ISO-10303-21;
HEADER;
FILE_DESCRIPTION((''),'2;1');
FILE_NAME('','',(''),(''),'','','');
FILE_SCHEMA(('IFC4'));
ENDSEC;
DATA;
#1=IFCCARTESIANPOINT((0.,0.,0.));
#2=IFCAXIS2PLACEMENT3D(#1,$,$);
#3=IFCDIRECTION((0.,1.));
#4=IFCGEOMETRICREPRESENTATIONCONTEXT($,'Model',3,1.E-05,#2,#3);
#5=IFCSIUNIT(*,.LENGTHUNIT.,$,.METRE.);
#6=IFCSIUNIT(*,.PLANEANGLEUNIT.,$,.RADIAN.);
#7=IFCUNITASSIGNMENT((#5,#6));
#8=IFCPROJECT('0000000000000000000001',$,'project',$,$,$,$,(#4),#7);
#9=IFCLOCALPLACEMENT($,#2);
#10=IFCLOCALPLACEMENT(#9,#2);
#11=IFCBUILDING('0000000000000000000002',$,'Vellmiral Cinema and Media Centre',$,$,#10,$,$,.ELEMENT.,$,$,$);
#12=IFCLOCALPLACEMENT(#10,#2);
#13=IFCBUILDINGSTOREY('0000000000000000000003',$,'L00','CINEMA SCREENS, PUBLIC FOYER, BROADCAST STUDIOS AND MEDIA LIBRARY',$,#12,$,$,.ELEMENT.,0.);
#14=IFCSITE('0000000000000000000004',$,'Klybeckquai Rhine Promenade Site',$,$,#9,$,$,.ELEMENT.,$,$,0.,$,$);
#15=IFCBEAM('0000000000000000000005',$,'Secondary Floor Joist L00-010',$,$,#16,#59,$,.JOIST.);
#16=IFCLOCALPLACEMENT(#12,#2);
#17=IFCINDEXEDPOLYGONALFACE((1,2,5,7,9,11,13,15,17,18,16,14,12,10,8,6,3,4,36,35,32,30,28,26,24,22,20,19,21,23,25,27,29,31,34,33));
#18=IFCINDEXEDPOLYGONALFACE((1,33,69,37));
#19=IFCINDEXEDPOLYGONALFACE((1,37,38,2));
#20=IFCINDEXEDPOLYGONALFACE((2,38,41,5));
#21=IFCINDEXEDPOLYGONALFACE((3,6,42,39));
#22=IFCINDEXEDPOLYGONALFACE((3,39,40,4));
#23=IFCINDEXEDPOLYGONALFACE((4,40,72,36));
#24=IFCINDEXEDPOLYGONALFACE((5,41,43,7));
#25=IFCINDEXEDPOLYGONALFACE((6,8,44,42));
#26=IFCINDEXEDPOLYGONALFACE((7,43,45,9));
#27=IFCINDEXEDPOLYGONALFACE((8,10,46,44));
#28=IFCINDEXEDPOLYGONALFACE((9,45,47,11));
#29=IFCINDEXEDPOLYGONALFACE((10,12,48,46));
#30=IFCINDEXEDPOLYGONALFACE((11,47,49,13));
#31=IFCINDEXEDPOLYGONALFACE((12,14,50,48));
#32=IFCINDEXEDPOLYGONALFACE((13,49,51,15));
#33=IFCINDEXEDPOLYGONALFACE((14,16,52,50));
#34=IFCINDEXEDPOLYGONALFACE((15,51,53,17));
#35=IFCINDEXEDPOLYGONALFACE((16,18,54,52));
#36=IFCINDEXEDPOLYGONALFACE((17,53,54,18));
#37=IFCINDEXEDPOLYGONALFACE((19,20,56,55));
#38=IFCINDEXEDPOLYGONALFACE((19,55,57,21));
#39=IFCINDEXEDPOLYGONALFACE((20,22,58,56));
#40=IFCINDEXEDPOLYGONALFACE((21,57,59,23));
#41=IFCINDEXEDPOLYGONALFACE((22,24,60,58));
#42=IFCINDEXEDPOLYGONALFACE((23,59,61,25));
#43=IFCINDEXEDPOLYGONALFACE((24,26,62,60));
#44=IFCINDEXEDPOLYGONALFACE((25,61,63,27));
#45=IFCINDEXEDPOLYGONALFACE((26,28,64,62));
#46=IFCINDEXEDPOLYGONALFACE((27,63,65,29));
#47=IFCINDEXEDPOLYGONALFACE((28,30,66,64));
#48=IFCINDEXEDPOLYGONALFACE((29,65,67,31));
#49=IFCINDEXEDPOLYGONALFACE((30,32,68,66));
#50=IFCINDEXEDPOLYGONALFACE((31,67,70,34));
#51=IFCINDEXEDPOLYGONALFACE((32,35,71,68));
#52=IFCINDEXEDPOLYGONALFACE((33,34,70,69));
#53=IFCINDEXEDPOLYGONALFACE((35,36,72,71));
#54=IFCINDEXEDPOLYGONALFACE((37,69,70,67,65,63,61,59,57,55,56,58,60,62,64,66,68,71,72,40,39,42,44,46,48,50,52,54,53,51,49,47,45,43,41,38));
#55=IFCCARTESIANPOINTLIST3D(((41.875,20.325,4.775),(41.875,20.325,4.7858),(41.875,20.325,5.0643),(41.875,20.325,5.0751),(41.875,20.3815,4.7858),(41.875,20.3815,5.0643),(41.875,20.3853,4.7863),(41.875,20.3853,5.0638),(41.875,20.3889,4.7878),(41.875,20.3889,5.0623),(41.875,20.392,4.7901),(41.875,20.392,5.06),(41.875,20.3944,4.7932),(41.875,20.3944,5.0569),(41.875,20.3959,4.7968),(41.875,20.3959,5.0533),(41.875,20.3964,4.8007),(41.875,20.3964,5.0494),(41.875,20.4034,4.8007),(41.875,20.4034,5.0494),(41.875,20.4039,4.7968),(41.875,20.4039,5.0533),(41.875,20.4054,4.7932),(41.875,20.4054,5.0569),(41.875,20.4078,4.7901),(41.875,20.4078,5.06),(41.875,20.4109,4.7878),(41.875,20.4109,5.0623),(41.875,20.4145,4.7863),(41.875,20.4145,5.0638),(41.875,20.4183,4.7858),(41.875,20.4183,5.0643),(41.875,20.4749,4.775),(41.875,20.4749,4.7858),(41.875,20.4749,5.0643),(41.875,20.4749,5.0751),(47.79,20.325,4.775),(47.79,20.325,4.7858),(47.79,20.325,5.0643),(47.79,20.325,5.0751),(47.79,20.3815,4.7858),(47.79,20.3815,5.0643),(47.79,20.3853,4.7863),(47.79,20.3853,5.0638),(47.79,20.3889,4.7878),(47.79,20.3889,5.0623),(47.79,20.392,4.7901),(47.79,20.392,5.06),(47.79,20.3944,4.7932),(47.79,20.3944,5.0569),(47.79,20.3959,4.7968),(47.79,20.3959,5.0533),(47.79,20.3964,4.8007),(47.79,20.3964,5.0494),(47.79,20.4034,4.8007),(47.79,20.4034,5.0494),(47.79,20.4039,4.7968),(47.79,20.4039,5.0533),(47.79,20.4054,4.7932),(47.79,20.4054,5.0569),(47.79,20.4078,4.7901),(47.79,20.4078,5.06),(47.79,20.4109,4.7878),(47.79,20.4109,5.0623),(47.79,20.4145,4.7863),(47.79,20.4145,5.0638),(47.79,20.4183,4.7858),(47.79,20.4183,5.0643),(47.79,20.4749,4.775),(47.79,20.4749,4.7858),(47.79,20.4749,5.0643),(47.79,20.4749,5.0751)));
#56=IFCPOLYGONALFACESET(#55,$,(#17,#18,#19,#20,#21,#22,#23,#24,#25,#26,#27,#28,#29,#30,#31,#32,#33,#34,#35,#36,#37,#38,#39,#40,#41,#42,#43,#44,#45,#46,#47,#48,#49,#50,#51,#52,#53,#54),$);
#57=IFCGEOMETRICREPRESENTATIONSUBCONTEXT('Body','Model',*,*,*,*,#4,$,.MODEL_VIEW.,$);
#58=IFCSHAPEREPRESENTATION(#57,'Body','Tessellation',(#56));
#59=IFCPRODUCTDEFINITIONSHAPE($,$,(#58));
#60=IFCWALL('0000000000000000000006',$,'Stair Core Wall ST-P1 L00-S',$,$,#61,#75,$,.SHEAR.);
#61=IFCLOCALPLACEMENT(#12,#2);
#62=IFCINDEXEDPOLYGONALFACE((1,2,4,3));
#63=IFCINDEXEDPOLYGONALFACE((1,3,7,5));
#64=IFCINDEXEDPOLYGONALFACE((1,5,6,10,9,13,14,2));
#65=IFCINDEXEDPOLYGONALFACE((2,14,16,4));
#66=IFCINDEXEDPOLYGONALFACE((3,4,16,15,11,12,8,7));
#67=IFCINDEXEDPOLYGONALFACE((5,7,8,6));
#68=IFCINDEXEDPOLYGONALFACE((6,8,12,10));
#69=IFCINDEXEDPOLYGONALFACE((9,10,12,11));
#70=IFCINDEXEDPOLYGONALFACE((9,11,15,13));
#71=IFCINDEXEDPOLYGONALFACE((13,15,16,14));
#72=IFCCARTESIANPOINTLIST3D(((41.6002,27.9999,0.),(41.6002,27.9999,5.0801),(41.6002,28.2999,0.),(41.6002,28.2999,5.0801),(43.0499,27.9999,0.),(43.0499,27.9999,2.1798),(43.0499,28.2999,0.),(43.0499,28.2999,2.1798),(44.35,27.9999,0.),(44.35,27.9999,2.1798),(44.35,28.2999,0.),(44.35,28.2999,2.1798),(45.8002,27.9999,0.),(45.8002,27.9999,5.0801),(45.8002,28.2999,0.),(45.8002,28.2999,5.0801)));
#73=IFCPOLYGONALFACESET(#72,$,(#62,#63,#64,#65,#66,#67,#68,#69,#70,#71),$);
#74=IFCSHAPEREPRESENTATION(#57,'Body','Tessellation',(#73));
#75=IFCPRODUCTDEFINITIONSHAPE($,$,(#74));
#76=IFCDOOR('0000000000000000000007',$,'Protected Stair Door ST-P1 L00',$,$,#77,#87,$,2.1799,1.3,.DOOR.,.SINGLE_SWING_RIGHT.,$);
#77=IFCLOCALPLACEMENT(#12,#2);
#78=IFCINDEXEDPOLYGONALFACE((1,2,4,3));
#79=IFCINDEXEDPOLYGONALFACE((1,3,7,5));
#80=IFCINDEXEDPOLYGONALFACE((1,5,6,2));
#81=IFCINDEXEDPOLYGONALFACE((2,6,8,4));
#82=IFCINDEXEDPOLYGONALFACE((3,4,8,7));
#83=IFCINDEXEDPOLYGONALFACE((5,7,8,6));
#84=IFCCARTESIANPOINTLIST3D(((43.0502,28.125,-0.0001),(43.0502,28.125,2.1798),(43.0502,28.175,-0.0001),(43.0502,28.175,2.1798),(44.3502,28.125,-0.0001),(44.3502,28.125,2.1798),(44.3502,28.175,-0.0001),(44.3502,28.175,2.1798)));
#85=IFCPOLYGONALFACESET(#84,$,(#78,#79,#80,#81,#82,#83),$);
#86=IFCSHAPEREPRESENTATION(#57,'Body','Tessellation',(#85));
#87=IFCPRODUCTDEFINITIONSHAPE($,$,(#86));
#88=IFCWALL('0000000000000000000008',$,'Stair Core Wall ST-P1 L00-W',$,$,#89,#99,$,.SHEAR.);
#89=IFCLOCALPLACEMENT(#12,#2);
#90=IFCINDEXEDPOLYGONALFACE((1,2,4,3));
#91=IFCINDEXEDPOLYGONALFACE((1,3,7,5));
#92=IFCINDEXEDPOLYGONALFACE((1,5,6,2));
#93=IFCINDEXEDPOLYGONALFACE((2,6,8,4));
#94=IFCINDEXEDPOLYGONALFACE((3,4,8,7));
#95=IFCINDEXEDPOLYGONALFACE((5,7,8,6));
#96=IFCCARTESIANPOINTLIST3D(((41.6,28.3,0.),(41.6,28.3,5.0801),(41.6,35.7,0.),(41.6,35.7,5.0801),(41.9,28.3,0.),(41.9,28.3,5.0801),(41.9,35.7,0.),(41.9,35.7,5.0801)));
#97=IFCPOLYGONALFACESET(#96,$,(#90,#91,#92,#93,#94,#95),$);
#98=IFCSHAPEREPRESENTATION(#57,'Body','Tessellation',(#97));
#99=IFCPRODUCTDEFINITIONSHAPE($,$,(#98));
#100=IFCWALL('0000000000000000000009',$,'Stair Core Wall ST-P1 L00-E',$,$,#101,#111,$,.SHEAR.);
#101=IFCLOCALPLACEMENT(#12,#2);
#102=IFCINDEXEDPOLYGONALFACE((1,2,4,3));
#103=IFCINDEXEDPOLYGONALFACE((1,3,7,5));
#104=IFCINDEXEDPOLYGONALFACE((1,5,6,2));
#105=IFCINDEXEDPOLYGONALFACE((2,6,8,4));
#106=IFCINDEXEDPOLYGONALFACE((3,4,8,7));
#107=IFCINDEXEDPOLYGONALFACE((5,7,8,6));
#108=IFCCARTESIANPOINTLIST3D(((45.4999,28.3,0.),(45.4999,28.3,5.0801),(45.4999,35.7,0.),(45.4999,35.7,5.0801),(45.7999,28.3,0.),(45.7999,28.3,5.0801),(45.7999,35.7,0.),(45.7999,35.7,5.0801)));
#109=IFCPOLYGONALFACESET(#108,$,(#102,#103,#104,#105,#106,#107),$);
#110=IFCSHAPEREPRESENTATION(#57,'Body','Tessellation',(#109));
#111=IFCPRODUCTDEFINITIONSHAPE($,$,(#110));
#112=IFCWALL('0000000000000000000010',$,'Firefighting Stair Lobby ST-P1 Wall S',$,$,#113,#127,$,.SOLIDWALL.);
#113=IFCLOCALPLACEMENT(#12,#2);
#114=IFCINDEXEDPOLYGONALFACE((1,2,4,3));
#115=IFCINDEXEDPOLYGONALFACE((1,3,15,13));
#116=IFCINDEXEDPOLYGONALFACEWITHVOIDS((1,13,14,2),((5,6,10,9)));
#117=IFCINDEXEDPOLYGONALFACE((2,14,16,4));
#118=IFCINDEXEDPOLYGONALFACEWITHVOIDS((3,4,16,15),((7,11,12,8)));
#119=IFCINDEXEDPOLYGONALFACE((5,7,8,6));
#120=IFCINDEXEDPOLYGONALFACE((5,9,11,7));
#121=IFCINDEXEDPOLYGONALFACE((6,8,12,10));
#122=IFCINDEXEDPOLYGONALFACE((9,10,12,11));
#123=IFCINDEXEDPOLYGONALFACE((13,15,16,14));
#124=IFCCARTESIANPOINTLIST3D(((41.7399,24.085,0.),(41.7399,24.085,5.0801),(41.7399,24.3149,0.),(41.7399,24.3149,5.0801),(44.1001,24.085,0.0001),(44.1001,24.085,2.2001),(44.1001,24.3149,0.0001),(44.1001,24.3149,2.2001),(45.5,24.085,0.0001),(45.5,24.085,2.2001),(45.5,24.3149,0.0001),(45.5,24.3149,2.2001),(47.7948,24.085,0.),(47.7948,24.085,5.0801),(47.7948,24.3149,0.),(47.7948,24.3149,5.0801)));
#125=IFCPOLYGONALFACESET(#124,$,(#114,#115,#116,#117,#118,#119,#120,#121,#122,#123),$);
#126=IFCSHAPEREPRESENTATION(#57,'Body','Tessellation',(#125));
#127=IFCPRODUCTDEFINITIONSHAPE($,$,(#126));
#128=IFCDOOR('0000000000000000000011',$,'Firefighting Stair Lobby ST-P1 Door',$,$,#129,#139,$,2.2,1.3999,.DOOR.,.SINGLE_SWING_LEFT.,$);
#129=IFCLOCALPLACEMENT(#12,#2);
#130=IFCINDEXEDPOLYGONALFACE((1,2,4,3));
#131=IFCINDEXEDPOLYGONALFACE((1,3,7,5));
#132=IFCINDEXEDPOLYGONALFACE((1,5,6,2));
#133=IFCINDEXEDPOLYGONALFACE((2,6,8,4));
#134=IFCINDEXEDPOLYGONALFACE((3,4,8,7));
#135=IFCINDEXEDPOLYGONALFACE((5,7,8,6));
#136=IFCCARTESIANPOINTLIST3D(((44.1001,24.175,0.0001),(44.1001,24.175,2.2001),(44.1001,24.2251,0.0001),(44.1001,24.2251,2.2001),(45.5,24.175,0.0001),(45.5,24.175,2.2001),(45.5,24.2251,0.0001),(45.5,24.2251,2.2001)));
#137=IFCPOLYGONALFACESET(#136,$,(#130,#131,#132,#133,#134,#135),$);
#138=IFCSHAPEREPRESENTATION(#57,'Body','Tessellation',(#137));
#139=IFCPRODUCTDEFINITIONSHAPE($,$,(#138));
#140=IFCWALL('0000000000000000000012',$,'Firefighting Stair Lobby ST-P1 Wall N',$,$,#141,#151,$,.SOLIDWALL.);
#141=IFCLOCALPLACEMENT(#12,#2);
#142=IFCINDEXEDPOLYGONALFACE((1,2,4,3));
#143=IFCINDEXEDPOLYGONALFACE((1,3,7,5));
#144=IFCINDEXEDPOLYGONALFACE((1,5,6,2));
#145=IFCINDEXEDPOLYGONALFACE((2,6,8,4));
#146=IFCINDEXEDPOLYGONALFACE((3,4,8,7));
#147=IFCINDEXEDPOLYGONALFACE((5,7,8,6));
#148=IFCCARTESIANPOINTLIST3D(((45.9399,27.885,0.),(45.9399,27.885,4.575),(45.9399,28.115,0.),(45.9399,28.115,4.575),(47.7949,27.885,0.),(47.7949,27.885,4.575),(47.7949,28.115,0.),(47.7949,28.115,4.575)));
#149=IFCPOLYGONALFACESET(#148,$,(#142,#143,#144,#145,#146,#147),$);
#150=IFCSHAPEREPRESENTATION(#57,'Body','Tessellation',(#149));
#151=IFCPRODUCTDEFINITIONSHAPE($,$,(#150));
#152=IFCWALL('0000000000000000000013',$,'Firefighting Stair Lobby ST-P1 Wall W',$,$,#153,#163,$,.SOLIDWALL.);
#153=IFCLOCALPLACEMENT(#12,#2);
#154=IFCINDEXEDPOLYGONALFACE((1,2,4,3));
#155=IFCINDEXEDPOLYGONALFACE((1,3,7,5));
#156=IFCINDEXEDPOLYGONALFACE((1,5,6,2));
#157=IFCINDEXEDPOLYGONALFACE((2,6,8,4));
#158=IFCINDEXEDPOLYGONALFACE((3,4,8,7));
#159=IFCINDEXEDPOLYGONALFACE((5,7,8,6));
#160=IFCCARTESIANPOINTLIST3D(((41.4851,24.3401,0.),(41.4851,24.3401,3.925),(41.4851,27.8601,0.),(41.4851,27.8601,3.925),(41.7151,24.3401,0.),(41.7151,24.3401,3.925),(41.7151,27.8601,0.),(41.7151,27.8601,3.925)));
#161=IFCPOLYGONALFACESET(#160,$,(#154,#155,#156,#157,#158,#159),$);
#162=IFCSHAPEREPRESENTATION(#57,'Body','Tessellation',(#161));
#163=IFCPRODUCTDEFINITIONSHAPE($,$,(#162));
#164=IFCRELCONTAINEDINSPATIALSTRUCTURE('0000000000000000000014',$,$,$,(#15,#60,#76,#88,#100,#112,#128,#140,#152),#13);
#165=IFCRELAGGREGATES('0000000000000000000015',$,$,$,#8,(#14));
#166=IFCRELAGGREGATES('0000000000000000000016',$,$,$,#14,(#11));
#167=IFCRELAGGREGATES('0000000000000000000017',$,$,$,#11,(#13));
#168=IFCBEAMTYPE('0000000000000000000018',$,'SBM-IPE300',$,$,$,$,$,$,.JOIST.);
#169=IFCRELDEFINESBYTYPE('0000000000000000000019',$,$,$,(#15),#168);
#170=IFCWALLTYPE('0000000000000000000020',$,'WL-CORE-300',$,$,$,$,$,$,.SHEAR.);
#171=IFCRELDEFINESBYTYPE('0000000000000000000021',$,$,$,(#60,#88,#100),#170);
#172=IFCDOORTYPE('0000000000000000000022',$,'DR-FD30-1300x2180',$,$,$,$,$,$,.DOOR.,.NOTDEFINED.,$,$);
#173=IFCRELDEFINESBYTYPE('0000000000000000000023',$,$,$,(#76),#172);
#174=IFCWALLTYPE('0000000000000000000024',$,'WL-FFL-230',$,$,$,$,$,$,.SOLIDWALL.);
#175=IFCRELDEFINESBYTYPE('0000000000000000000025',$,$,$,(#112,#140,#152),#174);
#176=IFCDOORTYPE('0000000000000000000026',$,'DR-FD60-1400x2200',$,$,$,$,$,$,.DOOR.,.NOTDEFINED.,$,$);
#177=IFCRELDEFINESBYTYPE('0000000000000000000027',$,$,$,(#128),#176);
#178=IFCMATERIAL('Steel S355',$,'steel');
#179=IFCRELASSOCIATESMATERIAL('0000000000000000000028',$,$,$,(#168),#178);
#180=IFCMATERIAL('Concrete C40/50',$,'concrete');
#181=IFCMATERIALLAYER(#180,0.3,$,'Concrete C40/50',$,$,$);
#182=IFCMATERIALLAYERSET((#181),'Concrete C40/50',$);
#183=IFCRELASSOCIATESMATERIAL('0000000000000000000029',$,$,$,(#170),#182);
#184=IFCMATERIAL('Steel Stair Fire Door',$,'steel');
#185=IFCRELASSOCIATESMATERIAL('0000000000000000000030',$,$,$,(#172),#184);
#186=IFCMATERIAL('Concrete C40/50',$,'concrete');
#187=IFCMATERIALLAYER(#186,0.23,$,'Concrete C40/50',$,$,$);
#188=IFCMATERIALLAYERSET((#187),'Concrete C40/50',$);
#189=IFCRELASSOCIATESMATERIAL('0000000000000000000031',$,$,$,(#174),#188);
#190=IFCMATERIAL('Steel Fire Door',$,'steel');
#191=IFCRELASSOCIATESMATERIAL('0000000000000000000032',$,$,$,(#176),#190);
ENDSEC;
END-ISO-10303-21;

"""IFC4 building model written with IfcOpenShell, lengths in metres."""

from ifc_helpers import new_model, si_unit, direction, frame, frame_2d, origin, origin_2d, place, context, subcontext, project, spatial, rectangle, i_section, extrude, material, layer, layer_set, material_profile, profile_set, type_object, element, fill, save


model = new_model("IFC4")

# Units and contexts
model_context = context("Model", 3, precision=1e-05, world=origin(), true_north=direction((0.0, 1.0)))
body_context = subcontext(model_context, "Body", "Model", "MODEL_VIEW")
ifc_project = project(units=[si_unit("LENGTHUNIT", "METRE"), si_unit("PLANEANGLEUNIT", "RADIAN")], contexts=[model_context])

# Site, building, storey
site_placement = place(None, origin())
site = spatial("IfcSite", under=ifc_project, at=site_placement, Name="Klybeckquai Rhine Promenade Site", CompositionType="ELEMENT", RefElevation=0.0)
building_placement = place(site_placement, origin())
building = spatial("IfcBuilding", under=site, at=building_placement, Name="Vellmiral Cinema and Media Centre", CompositionType="ELEMENT")
storey_placement = place(building_placement, origin())
storey = spatial("IfcBuildingStorey", under=building, at=storey_placement, Name="L00", Description="CINEMA SCREENS, PUBLIC FOYER, BROADCAST STUDIOS AND MEDIA LIBRARY", CompositionType="ELEMENT", Elevation=0.0)

# Beam
ifc_material_1 = material(Name="Steel S355", Category="steel")
ifc_material_profile_1 = material_profile(ifc_material_1, i_section(OverallWidth=0.1499, OverallDepth=0.3, WebThickness=0.0071, FlangeThickness=0.0107, FilletRadius=0.0149, at=origin_2d()), Name="IPE 300")
ifc_profile_set_1 = profile_set([ifc_material_profile_1], Name="Steel S355")
beam_type_1 = type_object("IfcBeamType", Name="SBM-IPE300", PredefinedType="JOIST", material=ifc_profile_set_1)
beam_1_placement = place(storey_placement, frame((41.875, 20.3999, 4.925), z_axis=(1.0, 0.0, 0.0), x_axis=(0.0, 1.0, 0.0)))
element("IfcBeam", 1, at=beam_1_placement, inside=storey, type_object=beam_type_1, Name="Secondary Floor Joist L00-010", PredefinedType="JOIST", context=body_context, shape_type="SweptSolid", body=[
    extrude(i_section(OverallWidth=0.1499, OverallDepth=0.3, WebThickness=0.0071, FlangeThickness=0.0107, FilletRadius=0.0149, at=origin_2d()), origin(), (0.0, 0.0, 1.0), 5.915),
])

# Wall, opening, door
ifc_material_2 = material(Name="Concrete C40/50", Category="concrete")
ifc_layer_1 = layer(ifc_material_2, 0.3, Name="Concrete C40/50")
ifc_layer_set_1 = layer_set([ifc_layer_1], Name="Concrete C40/50")
wall_type_1 = type_object("IfcWallType", Name="WL-CORE-300", PredefinedType="SHEAR", material=ifc_layer_set_1)
wall_1_placement = place(storey_placement, frame((41.6001, 28.1499, 0.0), z_axis=(0.0, 0.0, 1.0), x_axis=(1.0, 0.0, 0.0)))
wall_1 = element("IfcWall", 2, at=wall_1_placement, inside=storey, type_object=wall_type_1, Name="Stair Core Wall ST-P1 L00-S", PredefinedType="SHEAR", context=body_context, shape_type="SweptSolid", body=[
    extrude(rectangle(XDim=4.2, YDim=0.3, at=frame_2d((2.1001, 0.0))), origin(), (0.0, 0.0, 1.0), 5.0801),
])
opening_1_placement = place(wall_1_placement, frame((1.45, 0.0, 0.0)))
opening_1 = element("IfcOpeningElement", 3, at=opening_1_placement, cuts=wall_1, PredefinedType="OPENING", context=body_context, shape_type="SweptSolid", body=[
    extrude(rectangle(XDim=1.3, YDim=2.1799, at=frame_2d((0.6499, 1.0898))), frame((0.0, 0.1621, 0.0), z_axis=(0.0, -1.0, 0.0), x_axis=(1.0, 0.0, 0.0)), (0.0, 0.0, 1.0), 0.324),
])
ifc_material_3 = material(Name="Steel Stair Fire Door", Category="steel")
door_type_1 = type_object("IfcDoorType", Name="DR-FD30-1300x2180", OperationType="NOTDEFINED", PredefinedType="DOOR", material=ifc_material_3)
door_1_placement = place(opening_1_placement, frame((1.3, 0.0, 0.0), z_axis=(0.0, 0.0, 1.0), x_axis=(-1.0, 0.0, 0.0)))
door_1 = element("IfcDoor", 4, at=door_1_placement, inside=storey, type_object=door_type_1, Name="Protected Stair Door ST-P1 L00", OperationType="SINGLE_SWING_RIGHT", OverallHeight=2.1799, OverallWidth=1.3, PredefinedType="DOOR", context=body_context, shape_type="SweptSolid", body=[
    extrude(rectangle(XDim=1.3, YDim=2.1799, at=frame_2d((0.6499, 1.0898))), frame((0.0, 0.0249, 0.0), z_axis=(0.0, -1.0, 0.0), x_axis=(1.0, 0.0, 0.0)), (0.0, 0.0, 1.0), 0.05),
])
fill(opening_1, door_1)

# Walls
for number, where, z_axis, x_axis, name in (
    (5, (41.75, 28.3, 0.0), (0.0, 0.0, 1.0), (0.0, 1.0, 0.0), "Stair Core Wall ST-P1 L00-W"),
    (6, (45.6499, 28.3, 0.0), (0.0, 0.0, 1.0), (0.0, 1.0, 0.0), "Stair Core Wall ST-P1 L00-E"),
):
    element("IfcWall", number, at=place(storey_placement, frame(where, z_axis=z_axis, x_axis=x_axis)), inside=storey, type_object=wall_type_1, Name=name, PredefinedType="SHEAR", context=body_context, shape_type="SweptSolid", body=[
        extrude(rectangle(XDim=7.3999, YDim=0.3, at=frame_2d((3.7, 0.0))), origin(), (0.0, 0.0, 1.0), 5.0801),
    ])

# Wall, opening, door
ifc_material_4 = material(Name="Concrete C40/50", Category="concrete")
ifc_layer_2 = layer(ifc_material_4, 0.23, Name="Concrete C40/50")
ifc_layer_set_2 = layer_set([ifc_layer_2], Name="Concrete C40/50")
wall_type_2 = type_object("IfcWallType", Name="WL-FFL-230", PredefinedType="SOLIDWALL", material=ifc_layer_set_2)
wall_2_placement = place(storey_placement, frame((41.74, 24.2, 0.0), z_axis=(0.0, 0.0, 1.0), x_axis=(1.0, 0.0, 0.0)))
wall_2 = element("IfcWall", 7, at=wall_2_placement, inside=storey, type_object=wall_type_2, Name="Firefighting Stair Lobby ST-P1 Wall S", PredefinedType="SOLIDWALL", context=body_context, shape_type="SweptSolid", body=[
    extrude(rectangle(XDim=6.0549, YDim=0.23, at=frame_2d((3.0273, 0.0))), origin(), (0.0, 0.0, 1.0), 5.0801),
])
opening_2_placement = place(wall_2_placement, frame((2.3601, 0.0, 0.0)))
opening_2 = element("IfcOpeningElement", 8, at=opening_2_placement, cuts=wall_2, PredefinedType="OPENING", context=body_context, shape_type="SweptSolid", body=[
    extrude(rectangle(XDim=1.3999, YDim=2.2, at=frame_2d((0.7, 1.1001))), frame((0.0, 0.127, 0.0), z_axis=(0.0, -1.0, 0.0), x_axis=(1.0, 0.0, 0.0)), (0.0, 0.0, 1.0), 0.2539),
])
ifc_material_5 = material(Name="Steel Fire Door", Category="steel")
door_type_2 = type_object("IfcDoorType", Name="DR-FD60-1400x2200", OperationType="NOTDEFINED", PredefinedType="DOOR", material=ifc_material_5)
door_2_placement = place(opening_2_placement, frame((1.3999, 0.0, 0.0), z_axis=(0.0, 0.0, 1.0), x_axis=(-1.0, 0.0, 0.0)))
door_2 = element("IfcDoor", 9, at=door_2_placement, inside=storey, type_object=door_type_2, Name="Firefighting Stair Lobby ST-P1 Door", OperationType="SINGLE_SWING_LEFT", OverallHeight=2.2, OverallWidth=1.3999, PredefinedType="DOOR", context=body_context, shape_type="SweptSolid", body=[
    extrude(rectangle(XDim=1.3999, YDim=2.2, at=frame_2d((0.7, 1.1001))), frame((0.0, 0.0249, 0.0), z_axis=(0.0, -1.0, 0.0), x_axis=(1.0, 0.0, 0.0)), (0.0, 0.0, 1.0), 0.05),
])
fill(opening_2, door_2)

# Walls
wall_3_placement = place(storey_placement, frame((45.9399, 28.0, 0.0), z_axis=(0.0, 0.0, 1.0), x_axis=(1.0, 0.0, 0.0)))
element("IfcWall", 10, at=wall_3_placement, inside=storey, type_object=wall_type_2, Name="Firefighting Stair Lobby ST-P1 Wall N", PredefinedType="SOLIDWALL", context=body_context, shape_type="SweptSolid", body=[
    extrude(rectangle(XDim=1.855, YDim=0.23, at=frame_2d((0.9275, 0.0))), origin(), (0.0, 0.0, 1.0), 4.575),
])
wall_4_placement = place(storey_placement, frame((41.6001, 24.3401, 0.0), z_axis=(0.0, 0.0, 1.0), x_axis=(0.0, 1.0, 0.0)))
element("IfcWall", 11, at=wall_4_placement, inside=storey, type_object=wall_type_2, Name="Firefighting Stair Lobby ST-P1 Wall W", PredefinedType="SOLIDWALL", context=body_context, shape_type="SweptSolid", body=[
    extrude(rectangle(XDim=3.52, YDim=0.23, at=frame_2d((1.76, 0.0))), origin(), (0.0, 0.0, 1.0), 3.925),
])

save(model, "model.ifc")
